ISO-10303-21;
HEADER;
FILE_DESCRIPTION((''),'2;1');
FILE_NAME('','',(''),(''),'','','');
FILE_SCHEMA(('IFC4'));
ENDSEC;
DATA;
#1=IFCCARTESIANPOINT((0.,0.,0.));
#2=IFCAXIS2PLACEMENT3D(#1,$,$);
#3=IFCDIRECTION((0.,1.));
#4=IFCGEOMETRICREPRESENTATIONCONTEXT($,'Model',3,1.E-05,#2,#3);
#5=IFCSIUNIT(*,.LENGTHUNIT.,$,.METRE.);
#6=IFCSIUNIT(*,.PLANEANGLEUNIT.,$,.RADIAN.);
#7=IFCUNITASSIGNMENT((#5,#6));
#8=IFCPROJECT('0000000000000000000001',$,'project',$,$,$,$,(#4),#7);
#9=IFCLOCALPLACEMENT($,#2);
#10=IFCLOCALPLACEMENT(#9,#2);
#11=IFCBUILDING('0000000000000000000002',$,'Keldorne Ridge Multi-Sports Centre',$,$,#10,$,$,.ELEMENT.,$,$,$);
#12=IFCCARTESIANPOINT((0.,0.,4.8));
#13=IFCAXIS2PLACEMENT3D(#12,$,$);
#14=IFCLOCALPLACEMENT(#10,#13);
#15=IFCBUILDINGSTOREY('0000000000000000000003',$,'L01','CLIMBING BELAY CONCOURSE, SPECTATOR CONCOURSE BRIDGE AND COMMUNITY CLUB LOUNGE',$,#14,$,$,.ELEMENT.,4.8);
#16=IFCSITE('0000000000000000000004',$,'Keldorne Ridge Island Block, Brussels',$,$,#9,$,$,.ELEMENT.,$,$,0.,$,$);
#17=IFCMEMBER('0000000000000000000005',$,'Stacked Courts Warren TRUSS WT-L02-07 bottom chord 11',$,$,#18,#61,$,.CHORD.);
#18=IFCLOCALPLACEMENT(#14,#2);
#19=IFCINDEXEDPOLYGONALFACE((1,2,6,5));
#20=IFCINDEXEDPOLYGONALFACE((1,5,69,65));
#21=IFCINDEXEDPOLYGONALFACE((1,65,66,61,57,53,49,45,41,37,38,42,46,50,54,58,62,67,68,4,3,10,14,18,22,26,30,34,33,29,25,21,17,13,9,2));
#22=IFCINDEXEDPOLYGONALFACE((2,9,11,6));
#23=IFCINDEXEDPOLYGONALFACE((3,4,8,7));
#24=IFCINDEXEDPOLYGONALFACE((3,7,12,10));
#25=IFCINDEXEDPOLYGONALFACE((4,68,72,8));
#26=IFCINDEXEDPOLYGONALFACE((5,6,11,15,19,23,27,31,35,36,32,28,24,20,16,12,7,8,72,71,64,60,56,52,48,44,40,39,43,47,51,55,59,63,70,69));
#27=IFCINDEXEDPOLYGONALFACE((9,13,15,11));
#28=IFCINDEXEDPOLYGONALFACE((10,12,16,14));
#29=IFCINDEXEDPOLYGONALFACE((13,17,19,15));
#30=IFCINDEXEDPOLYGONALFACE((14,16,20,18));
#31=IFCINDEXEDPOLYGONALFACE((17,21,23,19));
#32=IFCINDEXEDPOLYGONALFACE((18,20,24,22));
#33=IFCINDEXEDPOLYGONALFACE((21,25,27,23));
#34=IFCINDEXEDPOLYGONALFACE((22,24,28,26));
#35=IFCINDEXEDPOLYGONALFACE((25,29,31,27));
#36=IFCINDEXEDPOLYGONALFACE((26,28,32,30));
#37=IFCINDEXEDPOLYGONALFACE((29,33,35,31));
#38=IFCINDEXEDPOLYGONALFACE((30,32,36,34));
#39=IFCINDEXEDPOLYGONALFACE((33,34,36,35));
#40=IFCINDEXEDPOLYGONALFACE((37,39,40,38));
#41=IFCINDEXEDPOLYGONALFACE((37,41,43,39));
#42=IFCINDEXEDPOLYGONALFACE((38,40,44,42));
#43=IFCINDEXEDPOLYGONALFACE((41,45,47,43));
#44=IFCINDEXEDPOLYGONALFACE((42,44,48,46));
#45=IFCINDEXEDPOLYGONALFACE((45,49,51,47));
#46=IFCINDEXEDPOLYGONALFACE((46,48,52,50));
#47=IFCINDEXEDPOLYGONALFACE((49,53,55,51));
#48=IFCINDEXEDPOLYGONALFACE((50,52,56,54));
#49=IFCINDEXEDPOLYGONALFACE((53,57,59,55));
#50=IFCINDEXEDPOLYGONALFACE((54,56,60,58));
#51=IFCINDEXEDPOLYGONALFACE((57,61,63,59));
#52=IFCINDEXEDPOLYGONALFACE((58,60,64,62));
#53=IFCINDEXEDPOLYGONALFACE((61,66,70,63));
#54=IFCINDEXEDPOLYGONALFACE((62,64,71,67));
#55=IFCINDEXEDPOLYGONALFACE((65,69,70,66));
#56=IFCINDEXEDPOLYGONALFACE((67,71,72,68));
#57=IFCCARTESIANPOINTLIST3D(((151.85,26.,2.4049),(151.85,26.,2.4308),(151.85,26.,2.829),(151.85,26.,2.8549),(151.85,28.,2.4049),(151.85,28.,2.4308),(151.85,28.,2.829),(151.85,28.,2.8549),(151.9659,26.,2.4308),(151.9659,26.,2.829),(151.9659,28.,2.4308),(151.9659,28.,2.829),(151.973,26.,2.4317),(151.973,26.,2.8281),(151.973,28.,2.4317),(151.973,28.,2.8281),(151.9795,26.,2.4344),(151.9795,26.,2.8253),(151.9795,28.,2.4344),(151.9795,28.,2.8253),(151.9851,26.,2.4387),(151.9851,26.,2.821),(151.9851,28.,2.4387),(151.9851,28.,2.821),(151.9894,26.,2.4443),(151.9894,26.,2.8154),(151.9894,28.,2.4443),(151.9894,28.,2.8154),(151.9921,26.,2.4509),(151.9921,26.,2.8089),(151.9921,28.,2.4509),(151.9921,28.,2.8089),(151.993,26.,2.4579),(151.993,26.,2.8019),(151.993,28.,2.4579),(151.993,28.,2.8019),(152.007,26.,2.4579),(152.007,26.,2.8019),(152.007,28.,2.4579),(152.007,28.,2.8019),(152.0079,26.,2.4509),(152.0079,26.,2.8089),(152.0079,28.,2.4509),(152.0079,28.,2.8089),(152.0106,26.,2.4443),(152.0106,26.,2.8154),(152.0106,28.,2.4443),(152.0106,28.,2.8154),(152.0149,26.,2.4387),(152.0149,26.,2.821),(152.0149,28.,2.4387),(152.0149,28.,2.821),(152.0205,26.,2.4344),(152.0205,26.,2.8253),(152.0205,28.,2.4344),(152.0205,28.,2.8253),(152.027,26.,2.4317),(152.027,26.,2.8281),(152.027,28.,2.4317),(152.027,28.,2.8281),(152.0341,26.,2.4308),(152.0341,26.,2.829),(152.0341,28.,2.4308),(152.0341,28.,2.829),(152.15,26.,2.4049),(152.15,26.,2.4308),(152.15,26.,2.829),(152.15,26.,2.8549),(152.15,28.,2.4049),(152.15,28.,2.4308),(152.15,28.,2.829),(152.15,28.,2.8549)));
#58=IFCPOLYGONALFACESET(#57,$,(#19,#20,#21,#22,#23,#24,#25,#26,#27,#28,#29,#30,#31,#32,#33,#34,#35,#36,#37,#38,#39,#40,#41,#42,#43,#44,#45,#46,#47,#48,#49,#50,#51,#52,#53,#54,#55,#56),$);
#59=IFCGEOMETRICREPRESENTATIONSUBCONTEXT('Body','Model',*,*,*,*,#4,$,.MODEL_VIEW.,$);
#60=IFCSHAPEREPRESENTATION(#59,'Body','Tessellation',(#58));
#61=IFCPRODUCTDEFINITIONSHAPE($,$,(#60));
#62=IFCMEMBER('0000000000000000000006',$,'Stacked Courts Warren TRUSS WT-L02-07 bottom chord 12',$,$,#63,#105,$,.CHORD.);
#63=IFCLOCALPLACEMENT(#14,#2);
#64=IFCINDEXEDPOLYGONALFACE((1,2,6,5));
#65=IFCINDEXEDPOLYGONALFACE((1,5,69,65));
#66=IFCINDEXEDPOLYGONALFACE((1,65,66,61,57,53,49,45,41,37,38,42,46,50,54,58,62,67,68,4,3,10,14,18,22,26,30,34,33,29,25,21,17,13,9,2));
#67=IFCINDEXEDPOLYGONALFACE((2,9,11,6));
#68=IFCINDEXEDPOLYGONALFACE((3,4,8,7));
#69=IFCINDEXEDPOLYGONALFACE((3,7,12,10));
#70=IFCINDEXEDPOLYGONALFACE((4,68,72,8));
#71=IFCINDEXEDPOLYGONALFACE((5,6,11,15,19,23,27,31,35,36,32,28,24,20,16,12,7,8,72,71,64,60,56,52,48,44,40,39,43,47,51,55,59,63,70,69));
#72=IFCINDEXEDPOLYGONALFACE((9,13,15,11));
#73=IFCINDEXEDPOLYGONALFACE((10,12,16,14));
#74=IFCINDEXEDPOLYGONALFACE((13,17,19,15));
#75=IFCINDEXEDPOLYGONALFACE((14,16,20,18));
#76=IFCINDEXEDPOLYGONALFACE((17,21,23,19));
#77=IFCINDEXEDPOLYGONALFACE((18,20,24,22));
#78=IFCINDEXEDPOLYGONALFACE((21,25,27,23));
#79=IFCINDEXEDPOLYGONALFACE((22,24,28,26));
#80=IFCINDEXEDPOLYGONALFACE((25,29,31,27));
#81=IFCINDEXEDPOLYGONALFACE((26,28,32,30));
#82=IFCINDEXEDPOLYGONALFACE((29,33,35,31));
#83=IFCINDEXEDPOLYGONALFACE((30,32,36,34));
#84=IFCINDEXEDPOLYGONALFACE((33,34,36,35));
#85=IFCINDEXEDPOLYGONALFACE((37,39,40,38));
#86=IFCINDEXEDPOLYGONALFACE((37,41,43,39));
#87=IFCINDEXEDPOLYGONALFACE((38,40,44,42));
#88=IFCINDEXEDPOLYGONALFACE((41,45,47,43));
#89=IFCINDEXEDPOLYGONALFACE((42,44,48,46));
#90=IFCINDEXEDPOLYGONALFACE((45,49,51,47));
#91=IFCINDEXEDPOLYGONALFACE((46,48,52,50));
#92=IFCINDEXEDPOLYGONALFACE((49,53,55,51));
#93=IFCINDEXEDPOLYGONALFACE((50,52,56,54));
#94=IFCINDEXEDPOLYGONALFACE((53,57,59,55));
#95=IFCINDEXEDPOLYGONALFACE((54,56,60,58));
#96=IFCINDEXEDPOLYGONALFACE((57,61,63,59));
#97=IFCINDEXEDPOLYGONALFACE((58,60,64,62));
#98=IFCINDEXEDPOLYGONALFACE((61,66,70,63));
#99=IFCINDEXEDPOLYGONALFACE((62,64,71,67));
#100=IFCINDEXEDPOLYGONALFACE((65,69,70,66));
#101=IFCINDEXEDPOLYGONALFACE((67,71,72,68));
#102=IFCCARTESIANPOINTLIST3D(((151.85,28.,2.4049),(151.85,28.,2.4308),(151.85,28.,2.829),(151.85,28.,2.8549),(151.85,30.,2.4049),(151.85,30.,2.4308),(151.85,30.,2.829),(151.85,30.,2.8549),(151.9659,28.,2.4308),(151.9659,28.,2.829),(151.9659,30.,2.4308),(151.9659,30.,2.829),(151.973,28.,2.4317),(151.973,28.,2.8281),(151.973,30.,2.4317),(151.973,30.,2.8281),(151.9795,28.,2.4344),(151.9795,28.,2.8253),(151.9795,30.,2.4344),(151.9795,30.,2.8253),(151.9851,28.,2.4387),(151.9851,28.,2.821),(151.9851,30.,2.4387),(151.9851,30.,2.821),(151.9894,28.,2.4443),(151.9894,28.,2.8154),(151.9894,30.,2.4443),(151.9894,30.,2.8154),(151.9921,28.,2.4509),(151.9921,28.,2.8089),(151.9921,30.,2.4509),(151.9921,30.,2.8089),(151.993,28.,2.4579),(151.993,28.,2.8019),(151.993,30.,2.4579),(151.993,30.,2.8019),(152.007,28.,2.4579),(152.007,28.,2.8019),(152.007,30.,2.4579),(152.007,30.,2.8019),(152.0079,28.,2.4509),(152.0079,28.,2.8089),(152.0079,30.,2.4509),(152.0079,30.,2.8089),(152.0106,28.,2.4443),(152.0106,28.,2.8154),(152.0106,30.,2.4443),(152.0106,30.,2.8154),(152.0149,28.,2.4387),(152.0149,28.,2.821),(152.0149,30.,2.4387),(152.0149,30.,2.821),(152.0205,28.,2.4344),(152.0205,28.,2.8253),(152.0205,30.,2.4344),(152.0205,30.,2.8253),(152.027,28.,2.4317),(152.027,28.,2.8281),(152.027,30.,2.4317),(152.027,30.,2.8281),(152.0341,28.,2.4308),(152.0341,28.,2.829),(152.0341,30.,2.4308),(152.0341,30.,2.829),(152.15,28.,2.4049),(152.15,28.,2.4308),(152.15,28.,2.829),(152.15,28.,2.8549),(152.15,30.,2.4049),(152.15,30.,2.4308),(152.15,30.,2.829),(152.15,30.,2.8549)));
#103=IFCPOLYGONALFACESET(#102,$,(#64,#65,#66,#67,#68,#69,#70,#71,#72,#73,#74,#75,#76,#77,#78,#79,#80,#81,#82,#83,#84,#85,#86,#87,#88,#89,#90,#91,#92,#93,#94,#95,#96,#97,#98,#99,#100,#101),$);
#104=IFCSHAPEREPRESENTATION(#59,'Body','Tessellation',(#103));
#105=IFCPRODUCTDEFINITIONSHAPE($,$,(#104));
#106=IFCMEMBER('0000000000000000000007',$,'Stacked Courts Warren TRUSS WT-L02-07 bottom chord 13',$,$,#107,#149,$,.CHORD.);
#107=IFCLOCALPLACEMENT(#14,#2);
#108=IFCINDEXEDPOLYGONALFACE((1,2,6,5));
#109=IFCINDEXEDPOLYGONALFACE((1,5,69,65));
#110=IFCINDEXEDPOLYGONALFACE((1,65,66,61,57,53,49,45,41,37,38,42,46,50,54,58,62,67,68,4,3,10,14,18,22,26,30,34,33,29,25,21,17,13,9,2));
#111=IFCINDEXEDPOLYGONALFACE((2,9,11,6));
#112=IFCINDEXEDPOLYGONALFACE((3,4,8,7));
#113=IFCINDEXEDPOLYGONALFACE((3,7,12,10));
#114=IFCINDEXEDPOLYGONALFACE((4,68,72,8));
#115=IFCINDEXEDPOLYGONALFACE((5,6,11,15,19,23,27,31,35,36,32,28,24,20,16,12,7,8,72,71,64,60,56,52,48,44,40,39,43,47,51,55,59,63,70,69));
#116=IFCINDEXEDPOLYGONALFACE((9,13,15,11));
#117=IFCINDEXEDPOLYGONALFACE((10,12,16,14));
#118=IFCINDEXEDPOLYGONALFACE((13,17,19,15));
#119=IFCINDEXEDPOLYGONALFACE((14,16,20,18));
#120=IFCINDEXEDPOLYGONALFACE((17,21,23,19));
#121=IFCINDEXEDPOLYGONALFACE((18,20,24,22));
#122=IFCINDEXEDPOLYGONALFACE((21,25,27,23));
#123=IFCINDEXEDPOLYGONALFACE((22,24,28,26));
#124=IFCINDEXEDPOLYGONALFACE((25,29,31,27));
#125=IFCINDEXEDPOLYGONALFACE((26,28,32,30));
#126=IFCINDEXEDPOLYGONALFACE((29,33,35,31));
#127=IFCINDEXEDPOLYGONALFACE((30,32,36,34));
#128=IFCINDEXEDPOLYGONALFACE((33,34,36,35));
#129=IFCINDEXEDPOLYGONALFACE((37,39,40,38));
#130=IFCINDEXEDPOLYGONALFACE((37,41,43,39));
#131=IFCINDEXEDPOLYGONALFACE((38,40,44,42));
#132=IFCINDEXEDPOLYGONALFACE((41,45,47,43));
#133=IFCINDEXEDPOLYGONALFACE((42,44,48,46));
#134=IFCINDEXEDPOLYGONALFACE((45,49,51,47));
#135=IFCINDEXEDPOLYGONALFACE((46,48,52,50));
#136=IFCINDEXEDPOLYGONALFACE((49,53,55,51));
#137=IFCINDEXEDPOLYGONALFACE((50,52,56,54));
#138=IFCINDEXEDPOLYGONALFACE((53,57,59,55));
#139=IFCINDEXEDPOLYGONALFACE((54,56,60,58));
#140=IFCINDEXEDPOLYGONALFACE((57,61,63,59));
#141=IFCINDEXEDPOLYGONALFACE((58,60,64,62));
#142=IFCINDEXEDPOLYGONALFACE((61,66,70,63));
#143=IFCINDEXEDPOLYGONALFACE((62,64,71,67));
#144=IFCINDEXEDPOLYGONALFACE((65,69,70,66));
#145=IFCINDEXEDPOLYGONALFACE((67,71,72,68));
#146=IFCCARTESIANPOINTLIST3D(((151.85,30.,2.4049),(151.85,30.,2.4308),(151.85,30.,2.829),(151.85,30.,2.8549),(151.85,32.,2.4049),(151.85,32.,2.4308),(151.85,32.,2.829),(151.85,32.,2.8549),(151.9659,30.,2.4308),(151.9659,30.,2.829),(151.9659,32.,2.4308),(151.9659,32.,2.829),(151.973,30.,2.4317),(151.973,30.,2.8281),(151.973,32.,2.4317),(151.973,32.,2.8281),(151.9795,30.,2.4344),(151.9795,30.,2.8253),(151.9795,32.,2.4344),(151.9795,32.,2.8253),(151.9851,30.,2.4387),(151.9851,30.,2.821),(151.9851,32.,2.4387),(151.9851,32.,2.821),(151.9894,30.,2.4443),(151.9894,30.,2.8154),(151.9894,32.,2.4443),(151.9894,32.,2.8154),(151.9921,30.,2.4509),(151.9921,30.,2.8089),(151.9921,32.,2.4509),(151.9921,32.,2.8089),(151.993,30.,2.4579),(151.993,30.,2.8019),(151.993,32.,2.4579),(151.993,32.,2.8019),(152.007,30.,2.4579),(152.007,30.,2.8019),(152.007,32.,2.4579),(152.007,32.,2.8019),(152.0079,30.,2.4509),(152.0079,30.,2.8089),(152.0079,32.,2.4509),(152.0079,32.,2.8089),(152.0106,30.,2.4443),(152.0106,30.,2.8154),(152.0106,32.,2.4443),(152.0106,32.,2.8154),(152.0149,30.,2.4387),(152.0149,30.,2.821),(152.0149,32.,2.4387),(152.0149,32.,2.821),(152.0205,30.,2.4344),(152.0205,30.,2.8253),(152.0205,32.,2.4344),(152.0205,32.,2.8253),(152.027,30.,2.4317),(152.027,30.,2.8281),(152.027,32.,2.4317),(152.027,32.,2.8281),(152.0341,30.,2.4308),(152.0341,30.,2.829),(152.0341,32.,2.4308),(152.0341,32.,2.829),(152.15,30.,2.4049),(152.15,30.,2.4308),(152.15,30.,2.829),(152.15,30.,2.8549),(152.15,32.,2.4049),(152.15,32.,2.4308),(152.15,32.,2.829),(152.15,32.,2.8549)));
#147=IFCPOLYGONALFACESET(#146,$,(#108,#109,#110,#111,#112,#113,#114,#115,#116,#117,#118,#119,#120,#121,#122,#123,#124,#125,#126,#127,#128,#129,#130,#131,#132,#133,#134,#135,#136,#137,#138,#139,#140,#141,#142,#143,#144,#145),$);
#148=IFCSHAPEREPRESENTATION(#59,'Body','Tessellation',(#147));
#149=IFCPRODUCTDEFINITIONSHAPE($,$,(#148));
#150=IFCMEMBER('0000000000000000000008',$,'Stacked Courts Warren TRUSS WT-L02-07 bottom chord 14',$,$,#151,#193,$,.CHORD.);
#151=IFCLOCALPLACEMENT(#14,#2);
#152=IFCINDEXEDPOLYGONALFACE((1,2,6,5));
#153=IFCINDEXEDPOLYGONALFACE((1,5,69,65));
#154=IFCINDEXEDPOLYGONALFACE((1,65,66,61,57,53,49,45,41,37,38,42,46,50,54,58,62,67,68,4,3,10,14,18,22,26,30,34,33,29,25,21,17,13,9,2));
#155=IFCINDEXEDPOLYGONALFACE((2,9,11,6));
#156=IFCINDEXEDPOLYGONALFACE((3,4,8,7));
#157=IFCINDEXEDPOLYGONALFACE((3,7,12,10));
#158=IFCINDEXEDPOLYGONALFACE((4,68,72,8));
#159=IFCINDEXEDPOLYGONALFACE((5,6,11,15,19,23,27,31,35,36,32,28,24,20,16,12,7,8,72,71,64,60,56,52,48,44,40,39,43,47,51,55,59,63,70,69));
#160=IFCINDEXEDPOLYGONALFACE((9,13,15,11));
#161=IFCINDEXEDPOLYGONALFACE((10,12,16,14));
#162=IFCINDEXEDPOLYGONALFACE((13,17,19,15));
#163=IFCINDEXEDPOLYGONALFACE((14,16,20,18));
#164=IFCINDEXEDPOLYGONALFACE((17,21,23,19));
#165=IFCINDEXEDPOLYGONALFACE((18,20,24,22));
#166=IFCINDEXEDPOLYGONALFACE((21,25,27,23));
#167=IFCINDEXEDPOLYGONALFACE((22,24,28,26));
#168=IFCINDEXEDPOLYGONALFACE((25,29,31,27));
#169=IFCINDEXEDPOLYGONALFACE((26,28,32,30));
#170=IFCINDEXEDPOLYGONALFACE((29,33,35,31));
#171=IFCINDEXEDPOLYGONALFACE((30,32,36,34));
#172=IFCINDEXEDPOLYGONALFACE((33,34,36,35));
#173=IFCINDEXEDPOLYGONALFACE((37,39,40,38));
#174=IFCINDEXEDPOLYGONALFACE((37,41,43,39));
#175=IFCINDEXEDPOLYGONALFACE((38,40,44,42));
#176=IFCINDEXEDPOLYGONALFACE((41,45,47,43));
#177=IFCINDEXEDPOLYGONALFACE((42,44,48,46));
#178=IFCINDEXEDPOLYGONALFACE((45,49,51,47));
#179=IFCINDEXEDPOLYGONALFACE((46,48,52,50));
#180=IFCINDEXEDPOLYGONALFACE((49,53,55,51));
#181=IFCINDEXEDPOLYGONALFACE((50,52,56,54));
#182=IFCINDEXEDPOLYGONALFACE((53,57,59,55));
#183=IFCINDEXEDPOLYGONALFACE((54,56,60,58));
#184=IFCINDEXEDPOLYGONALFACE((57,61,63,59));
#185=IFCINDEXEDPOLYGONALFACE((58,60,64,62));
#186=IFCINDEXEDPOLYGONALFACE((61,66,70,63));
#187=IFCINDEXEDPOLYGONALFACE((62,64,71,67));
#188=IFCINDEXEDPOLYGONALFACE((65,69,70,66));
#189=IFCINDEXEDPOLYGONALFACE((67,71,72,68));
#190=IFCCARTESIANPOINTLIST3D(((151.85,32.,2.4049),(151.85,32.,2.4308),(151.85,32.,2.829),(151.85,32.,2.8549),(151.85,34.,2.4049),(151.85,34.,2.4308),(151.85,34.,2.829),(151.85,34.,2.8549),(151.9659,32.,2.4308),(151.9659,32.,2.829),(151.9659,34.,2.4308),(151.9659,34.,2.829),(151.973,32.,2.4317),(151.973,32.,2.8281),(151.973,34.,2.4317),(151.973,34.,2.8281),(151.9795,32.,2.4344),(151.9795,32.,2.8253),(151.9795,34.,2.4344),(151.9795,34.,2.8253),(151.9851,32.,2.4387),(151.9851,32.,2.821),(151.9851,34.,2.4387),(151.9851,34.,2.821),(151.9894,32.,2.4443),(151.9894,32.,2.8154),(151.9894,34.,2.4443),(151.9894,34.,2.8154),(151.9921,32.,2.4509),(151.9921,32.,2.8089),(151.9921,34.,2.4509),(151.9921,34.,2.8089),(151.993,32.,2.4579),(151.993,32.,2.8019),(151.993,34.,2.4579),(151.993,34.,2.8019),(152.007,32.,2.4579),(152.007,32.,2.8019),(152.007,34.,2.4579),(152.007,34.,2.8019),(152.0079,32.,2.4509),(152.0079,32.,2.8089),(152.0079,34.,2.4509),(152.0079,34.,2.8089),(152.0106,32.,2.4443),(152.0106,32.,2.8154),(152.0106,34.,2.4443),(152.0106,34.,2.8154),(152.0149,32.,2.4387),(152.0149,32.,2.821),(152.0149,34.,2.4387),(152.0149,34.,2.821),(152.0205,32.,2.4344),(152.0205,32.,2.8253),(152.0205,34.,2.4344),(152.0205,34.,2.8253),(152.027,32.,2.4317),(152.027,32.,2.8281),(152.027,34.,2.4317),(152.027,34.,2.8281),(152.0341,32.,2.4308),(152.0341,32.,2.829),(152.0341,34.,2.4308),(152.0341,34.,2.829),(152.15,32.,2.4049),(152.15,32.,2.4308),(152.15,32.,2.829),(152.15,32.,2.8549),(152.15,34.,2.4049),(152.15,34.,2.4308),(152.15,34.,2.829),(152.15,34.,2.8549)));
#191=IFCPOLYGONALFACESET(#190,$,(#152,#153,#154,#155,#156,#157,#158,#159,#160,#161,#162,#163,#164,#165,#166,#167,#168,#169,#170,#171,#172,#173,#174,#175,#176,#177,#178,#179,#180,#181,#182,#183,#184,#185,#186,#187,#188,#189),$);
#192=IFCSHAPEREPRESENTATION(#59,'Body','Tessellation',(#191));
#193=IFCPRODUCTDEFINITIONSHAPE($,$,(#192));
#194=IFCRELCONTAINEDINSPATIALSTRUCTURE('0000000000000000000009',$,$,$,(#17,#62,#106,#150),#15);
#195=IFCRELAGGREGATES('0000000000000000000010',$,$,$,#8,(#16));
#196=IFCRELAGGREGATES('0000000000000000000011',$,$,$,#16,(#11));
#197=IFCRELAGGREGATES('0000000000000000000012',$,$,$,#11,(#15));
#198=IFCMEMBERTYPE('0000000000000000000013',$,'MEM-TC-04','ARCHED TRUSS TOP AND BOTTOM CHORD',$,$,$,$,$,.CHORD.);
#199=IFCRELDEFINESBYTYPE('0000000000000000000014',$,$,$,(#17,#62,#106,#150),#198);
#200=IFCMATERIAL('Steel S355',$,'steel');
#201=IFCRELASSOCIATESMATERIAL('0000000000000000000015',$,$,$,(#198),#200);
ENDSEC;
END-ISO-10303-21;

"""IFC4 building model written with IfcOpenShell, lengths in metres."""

from ifc_helpers import new_model, si_unit, direction, frame, origin, origin_2d, place, context, subcontext, project, spatial, i_section, extrude, material, material_profile, profile_set, type_object, element, save


model = new_model("IFC4")

# Units and contexts
model_context = context("Model", 3, precision=1e-05, world=origin(), true_north=direction((0.0, 1.0)))
body_context = subcontext(model_context, "Body", "Model", "MODEL_VIEW")
ifc_project = project(units=[si_unit("LENGTHUNIT", "METRE"), si_unit("PLANEANGLEUNIT", "RADIAN")], contexts=[model_context])

# Site, building, storey
site_placement = place(None, origin())
site = spatial("IfcSite", under=ifc_project, at=site_placement, Name="Keldorne Ridge Island Block, Brussels", CompositionType="ELEMENT", RefElevation=0.0)
building_placement = place(site_placement, origin())
building = spatial("IfcBuilding", under=site, at=building_placement, Name="Keldorne Ridge Multi-Sports Centre", CompositionType="ELEMENT")
storey_placement = place(building_placement, frame((0.0, 0.0, 4.8)))
storey = spatial("IfcBuildingStorey", under=building, at=storey_placement, Name="L01", Description="CLIMBING BELAY CONCOURSE, SPECTATOR CONCOURSE BRIDGE AND COMMUNITY CLUB LOUNGE", CompositionType="ELEMENT", Elevation=4.8)

# Members
ifc_material = material(Name="Steel S355", Category="steel")
ifc_material_profile_1 = material_profile(ifc_material, i_section(OverallWidth=0.3, OverallDepth=0.45, WebThickness=0.0139, FlangeThickness=0.0259, FilletRadius=0.0271, at=origin_2d()), Name="HEB 450")
ifc_profile_set_1 = profile_set([ifc_material_profile_1], Name="Steel S355")
member_type_1 = type_object("IfcMemberType", Name="MEM-TC-04", Description="ARCHED TRUSS TOP AND BOTTOM CHORD", PredefinedType="CHORD", material=ifc_profile_set_1)
for number, where, z_axis, x_axis, name in (
    (1, (152.0, 26.0, 2.6299), (0.0, 1.0, 0.0), (-1.0, 0.0, 0.0), "Stacked Courts Warren TRUSS WT-L02-07 bottom chord 11"),
    (2, (152.0, 28.0, 2.6299), (0.0, 1.0, 0.0), (-1.0, 0.0, 0.0), "Stacked Courts Warren TRUSS WT-L02-07 bottom chord 12"),
    (3, (152.0, 30.0, 2.6299), (0.0, 1.0, 0.0), (-1.0, 0.0, 0.0), "Stacked Courts Warren TRUSS WT-L02-07 bottom chord 13"),
    (4, (152.0, 32.0, 2.6299), (0.0, 1.0, 0.0), (-1.0, 0.0, 0.0), "Stacked Courts Warren TRUSS WT-L02-07 bottom chord 14"),
):
    element("IfcMember", number, at=place(storey_placement, frame(where, z_axis=z_axis, x_axis=x_axis)), inside=storey, type_object=member_type_1, Name=name, PredefinedType="CHORD", context=body_context, shape_type="SweptSolid", body=[
        extrude(i_section(OverallWidth=0.3, OverallDepth=0.45, WebThickness=0.0139, FlangeThickness=0.0259, FilletRadius=0.0271, at=origin_2d()), origin(), (0.0, 0.0, 1.0), 2.0),
    ])

save(model, "model.ifc")
